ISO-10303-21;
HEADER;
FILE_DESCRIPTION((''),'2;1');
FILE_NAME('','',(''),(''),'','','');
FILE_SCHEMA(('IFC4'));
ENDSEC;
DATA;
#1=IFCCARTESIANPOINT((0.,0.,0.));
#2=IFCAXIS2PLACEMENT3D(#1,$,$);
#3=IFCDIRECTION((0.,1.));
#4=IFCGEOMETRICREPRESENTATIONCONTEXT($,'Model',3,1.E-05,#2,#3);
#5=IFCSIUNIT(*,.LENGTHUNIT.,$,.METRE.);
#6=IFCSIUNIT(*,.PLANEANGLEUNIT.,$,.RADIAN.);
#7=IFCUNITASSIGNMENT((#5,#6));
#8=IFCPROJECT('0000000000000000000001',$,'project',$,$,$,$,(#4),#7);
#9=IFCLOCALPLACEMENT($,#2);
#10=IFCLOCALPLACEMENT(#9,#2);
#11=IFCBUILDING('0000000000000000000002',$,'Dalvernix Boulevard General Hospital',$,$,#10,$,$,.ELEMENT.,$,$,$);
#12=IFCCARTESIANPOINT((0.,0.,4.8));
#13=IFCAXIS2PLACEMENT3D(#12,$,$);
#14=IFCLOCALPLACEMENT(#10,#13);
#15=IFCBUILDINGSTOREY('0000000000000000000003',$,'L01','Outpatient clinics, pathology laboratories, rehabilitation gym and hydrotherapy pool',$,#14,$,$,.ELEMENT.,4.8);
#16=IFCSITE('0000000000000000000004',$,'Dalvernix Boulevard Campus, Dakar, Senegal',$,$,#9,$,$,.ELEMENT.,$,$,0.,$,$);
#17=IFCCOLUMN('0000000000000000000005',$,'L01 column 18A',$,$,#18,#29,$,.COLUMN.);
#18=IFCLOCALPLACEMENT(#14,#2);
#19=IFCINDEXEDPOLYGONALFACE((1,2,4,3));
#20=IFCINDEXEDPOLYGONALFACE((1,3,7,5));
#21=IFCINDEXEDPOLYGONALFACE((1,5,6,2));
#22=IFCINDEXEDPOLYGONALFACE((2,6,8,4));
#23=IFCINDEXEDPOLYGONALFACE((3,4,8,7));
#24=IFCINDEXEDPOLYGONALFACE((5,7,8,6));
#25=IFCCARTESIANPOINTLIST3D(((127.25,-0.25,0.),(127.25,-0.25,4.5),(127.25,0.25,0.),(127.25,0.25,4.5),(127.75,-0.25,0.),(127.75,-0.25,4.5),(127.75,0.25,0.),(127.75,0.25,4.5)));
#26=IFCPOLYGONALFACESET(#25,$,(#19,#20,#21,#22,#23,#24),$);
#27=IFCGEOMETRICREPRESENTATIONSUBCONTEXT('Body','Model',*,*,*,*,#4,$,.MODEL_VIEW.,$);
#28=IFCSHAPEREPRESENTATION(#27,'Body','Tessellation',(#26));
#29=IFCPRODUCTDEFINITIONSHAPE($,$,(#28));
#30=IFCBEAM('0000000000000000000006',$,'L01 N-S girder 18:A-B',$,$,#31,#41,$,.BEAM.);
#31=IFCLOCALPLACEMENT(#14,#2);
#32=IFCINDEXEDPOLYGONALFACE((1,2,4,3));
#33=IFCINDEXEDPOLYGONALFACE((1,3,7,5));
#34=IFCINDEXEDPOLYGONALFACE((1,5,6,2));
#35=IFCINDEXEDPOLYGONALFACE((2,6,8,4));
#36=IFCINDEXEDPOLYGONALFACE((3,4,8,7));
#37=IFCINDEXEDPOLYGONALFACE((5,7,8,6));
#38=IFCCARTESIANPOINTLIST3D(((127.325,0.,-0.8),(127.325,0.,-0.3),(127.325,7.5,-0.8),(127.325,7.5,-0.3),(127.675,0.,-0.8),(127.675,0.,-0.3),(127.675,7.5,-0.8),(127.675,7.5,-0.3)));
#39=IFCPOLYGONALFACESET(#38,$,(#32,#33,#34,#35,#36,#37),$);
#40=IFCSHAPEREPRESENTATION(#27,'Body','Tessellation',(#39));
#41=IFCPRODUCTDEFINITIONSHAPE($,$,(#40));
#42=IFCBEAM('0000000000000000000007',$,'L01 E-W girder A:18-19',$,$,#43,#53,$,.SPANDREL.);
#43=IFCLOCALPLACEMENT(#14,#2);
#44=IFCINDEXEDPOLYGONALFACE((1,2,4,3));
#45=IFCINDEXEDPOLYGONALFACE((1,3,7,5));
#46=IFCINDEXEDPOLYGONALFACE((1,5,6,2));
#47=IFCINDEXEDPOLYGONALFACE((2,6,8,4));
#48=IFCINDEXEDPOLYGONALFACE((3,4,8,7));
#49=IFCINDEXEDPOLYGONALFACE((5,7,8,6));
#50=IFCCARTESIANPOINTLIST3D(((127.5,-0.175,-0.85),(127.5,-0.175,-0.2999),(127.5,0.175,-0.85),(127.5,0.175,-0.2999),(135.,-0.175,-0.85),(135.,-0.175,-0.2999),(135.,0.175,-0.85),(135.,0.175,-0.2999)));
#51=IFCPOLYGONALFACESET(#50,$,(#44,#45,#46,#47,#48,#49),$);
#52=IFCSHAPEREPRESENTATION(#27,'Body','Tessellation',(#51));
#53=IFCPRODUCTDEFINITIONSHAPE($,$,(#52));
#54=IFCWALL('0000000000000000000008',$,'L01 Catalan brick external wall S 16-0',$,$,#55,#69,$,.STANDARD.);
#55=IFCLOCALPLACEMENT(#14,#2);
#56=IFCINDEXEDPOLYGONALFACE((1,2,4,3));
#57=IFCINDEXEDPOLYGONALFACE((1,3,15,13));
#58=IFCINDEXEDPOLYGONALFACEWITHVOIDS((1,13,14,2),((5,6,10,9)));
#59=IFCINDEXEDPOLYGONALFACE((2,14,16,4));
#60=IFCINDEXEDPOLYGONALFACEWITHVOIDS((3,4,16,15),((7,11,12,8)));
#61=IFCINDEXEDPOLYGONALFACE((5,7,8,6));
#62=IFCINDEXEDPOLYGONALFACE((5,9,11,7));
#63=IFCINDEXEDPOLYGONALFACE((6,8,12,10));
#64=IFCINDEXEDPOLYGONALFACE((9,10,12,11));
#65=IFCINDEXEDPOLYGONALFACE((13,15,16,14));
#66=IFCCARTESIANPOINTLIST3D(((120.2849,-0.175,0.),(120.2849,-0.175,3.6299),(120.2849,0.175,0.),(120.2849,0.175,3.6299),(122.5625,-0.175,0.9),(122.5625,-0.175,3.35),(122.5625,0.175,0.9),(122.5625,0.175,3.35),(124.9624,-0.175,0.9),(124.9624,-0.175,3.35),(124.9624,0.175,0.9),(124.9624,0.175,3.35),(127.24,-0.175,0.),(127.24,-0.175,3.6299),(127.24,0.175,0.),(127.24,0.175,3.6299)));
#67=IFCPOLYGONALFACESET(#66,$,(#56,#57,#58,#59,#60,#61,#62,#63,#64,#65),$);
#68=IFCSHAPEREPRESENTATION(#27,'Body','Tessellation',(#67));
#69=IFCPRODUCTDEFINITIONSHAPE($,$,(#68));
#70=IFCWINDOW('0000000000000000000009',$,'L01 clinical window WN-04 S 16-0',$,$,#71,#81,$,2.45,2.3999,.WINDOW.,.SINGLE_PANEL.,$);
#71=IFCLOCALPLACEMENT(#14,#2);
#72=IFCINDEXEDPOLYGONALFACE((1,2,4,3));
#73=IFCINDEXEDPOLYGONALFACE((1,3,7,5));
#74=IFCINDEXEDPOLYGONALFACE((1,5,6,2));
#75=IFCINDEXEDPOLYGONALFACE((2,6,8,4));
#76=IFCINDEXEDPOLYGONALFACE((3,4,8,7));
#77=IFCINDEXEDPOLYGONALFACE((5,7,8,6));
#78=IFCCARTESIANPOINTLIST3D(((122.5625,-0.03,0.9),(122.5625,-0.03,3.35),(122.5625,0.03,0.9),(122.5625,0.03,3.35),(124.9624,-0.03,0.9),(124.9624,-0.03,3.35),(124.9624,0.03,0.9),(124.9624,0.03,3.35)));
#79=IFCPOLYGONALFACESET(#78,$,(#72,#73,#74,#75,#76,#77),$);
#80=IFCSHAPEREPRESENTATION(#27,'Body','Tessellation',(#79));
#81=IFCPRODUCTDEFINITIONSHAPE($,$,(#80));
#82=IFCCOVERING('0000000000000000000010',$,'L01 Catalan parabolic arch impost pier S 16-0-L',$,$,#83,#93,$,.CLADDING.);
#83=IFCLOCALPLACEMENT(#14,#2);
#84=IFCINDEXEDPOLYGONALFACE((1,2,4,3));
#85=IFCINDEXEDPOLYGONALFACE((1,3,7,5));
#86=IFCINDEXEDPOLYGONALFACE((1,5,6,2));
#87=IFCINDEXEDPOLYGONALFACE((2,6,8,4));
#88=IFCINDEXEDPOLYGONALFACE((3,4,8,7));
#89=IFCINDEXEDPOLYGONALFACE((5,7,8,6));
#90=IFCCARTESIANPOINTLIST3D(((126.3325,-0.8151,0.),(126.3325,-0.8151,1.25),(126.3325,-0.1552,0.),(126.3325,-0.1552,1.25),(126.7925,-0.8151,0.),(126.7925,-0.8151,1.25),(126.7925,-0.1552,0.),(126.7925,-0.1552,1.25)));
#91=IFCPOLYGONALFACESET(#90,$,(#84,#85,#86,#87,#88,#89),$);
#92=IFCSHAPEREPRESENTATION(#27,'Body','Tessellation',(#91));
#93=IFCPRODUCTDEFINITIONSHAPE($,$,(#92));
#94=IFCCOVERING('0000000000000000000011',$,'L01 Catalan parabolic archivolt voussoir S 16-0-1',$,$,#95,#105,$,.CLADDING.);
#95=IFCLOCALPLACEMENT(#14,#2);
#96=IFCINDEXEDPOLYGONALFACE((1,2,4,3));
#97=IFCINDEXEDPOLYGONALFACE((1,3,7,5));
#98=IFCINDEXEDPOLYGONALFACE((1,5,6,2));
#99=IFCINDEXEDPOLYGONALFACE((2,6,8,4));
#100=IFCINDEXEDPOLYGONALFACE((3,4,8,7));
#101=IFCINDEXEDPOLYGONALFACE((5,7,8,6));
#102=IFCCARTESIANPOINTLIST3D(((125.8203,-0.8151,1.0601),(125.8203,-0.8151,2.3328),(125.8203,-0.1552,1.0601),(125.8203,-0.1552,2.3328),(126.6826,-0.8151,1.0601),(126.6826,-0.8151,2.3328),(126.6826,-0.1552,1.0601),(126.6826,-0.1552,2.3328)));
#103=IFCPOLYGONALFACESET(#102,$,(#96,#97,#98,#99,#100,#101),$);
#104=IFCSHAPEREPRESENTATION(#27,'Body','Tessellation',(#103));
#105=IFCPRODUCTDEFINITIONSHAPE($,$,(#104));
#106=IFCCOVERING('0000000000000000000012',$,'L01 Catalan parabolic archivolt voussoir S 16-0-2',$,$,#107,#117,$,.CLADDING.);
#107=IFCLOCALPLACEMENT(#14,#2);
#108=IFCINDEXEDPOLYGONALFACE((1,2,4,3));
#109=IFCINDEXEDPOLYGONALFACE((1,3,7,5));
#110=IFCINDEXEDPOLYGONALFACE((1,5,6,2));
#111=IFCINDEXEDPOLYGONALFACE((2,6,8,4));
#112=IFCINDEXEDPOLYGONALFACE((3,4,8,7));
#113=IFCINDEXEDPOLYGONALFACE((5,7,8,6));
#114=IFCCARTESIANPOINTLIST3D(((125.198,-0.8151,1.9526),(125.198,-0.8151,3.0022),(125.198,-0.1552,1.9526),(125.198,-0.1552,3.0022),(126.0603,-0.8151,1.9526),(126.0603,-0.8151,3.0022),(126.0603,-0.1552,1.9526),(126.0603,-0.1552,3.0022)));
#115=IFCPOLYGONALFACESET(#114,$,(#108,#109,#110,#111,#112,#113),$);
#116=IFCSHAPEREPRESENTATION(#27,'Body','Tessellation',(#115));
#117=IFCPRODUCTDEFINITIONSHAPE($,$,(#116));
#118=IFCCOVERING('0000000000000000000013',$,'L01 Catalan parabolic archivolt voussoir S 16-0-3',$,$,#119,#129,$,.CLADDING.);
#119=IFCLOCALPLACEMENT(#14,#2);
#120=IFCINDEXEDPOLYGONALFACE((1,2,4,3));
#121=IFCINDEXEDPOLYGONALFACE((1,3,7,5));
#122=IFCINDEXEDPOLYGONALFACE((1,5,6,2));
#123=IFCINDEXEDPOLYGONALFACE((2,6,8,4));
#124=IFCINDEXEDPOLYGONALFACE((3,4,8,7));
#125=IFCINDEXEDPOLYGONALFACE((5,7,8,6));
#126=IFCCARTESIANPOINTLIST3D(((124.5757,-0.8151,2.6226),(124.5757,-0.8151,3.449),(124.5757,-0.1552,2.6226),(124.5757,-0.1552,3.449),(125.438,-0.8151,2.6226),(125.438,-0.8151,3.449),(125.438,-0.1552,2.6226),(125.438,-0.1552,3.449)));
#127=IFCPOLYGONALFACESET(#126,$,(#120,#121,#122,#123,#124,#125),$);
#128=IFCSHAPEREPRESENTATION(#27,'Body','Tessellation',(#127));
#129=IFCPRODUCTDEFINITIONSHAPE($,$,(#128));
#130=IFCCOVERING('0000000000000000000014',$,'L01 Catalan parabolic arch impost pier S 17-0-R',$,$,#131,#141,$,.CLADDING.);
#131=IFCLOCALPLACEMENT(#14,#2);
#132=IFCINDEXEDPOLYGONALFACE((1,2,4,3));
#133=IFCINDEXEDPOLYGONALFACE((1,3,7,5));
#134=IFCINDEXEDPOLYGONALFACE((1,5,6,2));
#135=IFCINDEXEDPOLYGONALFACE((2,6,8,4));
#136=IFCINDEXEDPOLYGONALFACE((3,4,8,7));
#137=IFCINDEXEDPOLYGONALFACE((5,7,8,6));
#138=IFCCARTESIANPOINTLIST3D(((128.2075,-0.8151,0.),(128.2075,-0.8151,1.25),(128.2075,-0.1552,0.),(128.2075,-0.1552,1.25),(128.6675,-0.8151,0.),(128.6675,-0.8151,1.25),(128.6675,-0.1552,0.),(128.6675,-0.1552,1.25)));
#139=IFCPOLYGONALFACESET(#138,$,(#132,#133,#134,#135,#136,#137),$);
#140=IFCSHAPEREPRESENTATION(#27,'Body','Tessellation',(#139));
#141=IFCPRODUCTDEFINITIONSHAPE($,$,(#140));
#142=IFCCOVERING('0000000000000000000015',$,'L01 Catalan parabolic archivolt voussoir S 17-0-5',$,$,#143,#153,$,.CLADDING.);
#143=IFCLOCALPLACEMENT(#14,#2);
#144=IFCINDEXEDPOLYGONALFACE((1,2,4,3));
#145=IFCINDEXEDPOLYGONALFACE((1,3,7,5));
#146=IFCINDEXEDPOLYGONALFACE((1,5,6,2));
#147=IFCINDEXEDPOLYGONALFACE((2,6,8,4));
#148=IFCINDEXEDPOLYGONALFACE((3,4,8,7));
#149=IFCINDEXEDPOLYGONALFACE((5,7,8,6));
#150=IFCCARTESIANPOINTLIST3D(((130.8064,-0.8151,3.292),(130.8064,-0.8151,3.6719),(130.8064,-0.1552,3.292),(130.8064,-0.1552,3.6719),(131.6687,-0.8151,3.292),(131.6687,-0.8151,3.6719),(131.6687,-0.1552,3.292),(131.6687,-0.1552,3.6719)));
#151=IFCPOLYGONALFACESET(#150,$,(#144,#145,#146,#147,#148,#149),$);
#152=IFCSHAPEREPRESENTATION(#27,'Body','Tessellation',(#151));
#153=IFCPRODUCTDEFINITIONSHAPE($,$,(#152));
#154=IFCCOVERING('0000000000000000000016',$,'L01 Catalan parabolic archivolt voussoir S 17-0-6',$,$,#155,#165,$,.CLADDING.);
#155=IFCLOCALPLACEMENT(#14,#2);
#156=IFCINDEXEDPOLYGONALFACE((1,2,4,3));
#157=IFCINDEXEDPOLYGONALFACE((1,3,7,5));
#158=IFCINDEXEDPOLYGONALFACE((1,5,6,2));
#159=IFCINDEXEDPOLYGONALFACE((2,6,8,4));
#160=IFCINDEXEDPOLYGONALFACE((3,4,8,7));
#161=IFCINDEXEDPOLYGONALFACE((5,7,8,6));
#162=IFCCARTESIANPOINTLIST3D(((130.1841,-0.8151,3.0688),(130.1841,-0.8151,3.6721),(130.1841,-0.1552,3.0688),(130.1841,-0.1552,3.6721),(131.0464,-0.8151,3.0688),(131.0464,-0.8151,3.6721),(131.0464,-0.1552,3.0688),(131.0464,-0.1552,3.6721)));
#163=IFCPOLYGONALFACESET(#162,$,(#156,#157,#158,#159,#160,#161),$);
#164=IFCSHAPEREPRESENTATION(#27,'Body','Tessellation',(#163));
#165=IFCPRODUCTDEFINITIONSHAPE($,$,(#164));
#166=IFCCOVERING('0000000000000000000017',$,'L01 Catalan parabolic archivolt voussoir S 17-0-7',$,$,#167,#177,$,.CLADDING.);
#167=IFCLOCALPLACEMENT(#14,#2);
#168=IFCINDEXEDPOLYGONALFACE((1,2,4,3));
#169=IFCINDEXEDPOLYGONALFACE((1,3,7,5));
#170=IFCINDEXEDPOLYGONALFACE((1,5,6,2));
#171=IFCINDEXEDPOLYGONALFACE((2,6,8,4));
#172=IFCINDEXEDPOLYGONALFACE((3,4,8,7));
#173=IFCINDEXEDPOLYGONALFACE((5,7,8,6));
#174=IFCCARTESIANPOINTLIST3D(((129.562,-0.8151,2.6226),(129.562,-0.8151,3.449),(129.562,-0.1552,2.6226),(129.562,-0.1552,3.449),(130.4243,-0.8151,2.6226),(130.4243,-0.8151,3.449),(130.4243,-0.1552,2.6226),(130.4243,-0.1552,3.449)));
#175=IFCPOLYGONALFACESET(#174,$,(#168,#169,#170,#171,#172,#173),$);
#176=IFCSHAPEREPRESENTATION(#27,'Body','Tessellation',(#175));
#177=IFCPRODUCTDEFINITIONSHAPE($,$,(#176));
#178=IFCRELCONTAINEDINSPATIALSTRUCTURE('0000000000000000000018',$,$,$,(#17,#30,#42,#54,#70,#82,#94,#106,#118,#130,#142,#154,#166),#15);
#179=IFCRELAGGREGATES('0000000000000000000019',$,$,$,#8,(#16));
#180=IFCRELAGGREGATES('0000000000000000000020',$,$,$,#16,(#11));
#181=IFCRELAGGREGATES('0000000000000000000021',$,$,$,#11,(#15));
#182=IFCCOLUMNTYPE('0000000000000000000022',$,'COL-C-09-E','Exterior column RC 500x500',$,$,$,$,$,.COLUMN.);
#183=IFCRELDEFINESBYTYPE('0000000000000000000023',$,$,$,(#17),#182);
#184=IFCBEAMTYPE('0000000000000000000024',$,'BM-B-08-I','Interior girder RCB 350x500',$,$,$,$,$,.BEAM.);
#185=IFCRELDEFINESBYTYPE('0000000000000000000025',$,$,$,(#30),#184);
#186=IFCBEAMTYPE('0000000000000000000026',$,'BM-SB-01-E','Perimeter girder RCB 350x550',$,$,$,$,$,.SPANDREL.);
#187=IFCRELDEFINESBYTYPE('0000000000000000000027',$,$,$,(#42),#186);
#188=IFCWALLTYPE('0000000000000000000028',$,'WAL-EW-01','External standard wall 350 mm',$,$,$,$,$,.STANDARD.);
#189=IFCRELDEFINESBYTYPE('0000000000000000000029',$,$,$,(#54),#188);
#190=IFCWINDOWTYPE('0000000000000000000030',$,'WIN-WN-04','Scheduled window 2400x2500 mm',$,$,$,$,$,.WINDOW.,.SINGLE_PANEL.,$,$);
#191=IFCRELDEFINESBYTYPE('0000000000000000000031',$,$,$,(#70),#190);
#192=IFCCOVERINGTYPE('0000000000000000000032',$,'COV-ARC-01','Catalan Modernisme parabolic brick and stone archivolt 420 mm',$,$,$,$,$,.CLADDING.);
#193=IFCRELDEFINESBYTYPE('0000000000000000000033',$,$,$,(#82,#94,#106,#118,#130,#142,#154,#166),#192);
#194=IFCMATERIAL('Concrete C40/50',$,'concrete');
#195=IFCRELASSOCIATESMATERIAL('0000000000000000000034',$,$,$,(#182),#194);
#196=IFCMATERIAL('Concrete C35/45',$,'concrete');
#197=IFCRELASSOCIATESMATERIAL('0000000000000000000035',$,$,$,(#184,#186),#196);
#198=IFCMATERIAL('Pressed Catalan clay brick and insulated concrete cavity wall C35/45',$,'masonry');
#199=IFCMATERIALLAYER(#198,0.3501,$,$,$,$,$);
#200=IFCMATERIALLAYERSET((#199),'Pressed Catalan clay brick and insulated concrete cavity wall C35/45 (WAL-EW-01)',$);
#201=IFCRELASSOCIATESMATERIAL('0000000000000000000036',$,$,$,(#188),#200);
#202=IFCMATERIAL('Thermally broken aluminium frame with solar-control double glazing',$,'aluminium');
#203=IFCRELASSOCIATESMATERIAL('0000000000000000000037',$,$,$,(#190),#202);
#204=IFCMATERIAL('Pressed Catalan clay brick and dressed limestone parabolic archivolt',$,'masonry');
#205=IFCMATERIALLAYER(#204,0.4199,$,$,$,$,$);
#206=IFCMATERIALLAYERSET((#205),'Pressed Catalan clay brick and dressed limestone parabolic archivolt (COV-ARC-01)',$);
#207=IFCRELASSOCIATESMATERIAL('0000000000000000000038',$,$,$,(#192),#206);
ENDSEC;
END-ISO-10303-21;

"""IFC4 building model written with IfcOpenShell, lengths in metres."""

from ifc_helpers import new_model, si_unit, direction, frame, frame_2d, origin, origin_2d, place, context, subcontext, project, spatial, rectangle, extrude, material, layer, layer_set, material_profile, profile_set, type_object, element, fill, save


model = new_model("IFC4")

# Units and contexts
model_context = context("Model", 3, precision=1e-05, world=origin(), true_north=direction((0.0, 1.0)))
body_context = subcontext(model_context, "Body", "Model", "MODEL_VIEW")
ifc_project = project(units=[si_unit("LENGTHUNIT", "METRE"), si_unit("PLANEANGLEUNIT", "RADIAN")], contexts=[model_context])

# Site, building, storey
site_placement = place(None, origin())
site = spatial("IfcSite", under=ifc_project, at=site_placement, Name="Dalvernix Boulevard Campus, Dakar, Senegal", CompositionType="ELEMENT", RefElevation=0.0)
building_placement = place(site_placement, origin())
building = spatial("IfcBuilding", under=site, at=building_placement, Name="Dalvernix Boulevard General Hospital", CompositionType="ELEMENT")
storey_placement = place(building_placement, frame((0.0, 0.0, 4.8)))
storey = spatial("IfcBuildingStorey", under=building, at=storey_placement, Name="L01", Description="Outpatient clinics, pathology laboratories, rehabilitation gym and hydrotherapy pool", CompositionType="ELEMENT", Elevation=4.8)

# Column
ifc_material_1 = material(Name="Concrete C40/50", Category="concrete")
ifc_material_profile_1 = material_profile(ifc_material_1, rectangle(XDim=0.5, YDim=0.5, at=origin_2d()), Name="RC 500x500")
ifc_profile_set_1 = profile_set([ifc_material_profile_1], Name="Concrete C40/50")
column_type = type_object("IfcColumnType", Name="COL-C-09-E", Description="Exterior column RC 500x500", PredefinedType="COLUMN", material=ifc_profile_set_1)
column_placement = place(storey_placement, frame((127.5, 0.0, 0.0), z_axis=(0.0, 0.0, 1.0), x_axis=(1.0, 0.0, 0.0)))
element("IfcColumn", 1, at=column_placement, inside=storey, type_object=column_type, Name="L01 column 18A", PredefinedType="COLUMN", context=body_context, shape_type="SweptSolid", body=[
    extrude(rectangle(XDim=0.5, YDim=0.5, at=origin_2d()), origin(), (0.0, 0.0, 1.0), 4.5),
])

# Beams
ifc_material_2 = material(Name="Concrete C35/45", Category="concrete")
ifc_material_profile_2 = material_profile(ifc_material_2, rectangle(XDim=0.3501, YDim=0.5, at=origin_2d()), Name="RCB 350x500")
ifc_profile_set_2 = profile_set([ifc_material_profile_2], Name="Concrete C35/45")
beam_type_1 = type_object("IfcBeamType", Name="BM-B-08-I", Description="Interior girder RCB 350x500", PredefinedType="BEAM", material=ifc_profile_set_2)
beam_1_placement = place(storey_placement, frame((127.5, 0.0, -0.55), z_axis=(0.0, 1.0, 0.0), x_axis=(-1.0, 0.0, 0.0)))
element("IfcBeam", 2, at=beam_1_placement, inside=storey, type_object=beam_type_1, Name="L01 N-S girder 18:A-B", PredefinedType="BEAM", context=body_context, shape_type="SweptSolid", body=[
    extrude(rectangle(XDim=0.3501, YDim=0.5, at=origin_2d()), origin(), (0.0, 0.0, 1.0), 7.5),
])
ifc_material_profile_3 = material_profile(ifc_material_2, rectangle(XDim=0.3501, YDim=0.55, at=origin_2d()), Name="RCB 350x550")
ifc_profile_set_3 = profile_set([ifc_material_profile_3], Name="Concrete C35/45")
beam_type_2 = type_object("IfcBeamType", Name="BM-SB-01-E", Description="Perimeter girder RCB 350x550", PredefinedType="SPANDREL", material=ifc_profile_set_3)
beam_2_placement = place(storey_placement, frame((127.5, 0.0, -0.575), z_axis=(1.0, 0.0, 0.0), x_axis=(0.0, 1.0, 0.0)))
element("IfcBeam", 3, at=beam_2_placement, inside=storey, type_object=beam_type_2, Name="L01 E-W girder A:18-19", PredefinedType="SPANDREL", context=body_context, shape_type="SweptSolid", body=[
    extrude(rectangle(XDim=0.3501, YDim=0.55, at=origin_2d()), origin(), (0.0, 0.0, 1.0), 7.5),
])

# Wall, opening, window
ifc_material_3 = material(Name="Pressed Catalan clay brick and insulated concrete cavity wall C35/45", Category="masonry")
ifc_layer_1 = layer(ifc_material_3, 0.3501)
ifc_layer_set_1 = layer_set([ifc_layer_1], Name="Pressed Catalan clay brick and insulated concrete cavity wall C35/45 (WAL-EW-01)")
wall_type = type_object("IfcWallType", Name="WAL-EW-01", Description="External standard wall 350 mm", PredefinedType="STANDARD", material=ifc_layer_set_1)
wall_placement = place(storey_placement, frame((127.24, 0.0, 0.0), z_axis=(0.0, 0.0, 1.0), x_axis=(-1.0, 0.0, 0.0)))
wall = element("IfcWall", 4, at=wall_placement, inside=storey, type_object=wall_type, Name="L01 Catalan brick external wall S 16-0", PredefinedType="STANDARD", context=body_context, shape_type="SweptSolid", body=[
    extrude(rectangle(XDim=6.9551, YDim=0.3501, at=frame_2d((3.4775, 0.0))), origin(), (0.0, 0.0, 1.0), 3.6299),
])
opening_placement = place(wall_placement, frame((2.2776, 0.0, 0.8999)))
opening = element("IfcOpeningElement", 5, at=opening_placement, cuts=wall, PredefinedType="OPENING", context=body_context, shape_type="SweptSolid", body=[
    extrude(rectangle(XDim=2.3999, YDim=2.45, at=frame_2d((1.2, 1.2251))), frame((0.0, 0.1851, 0.0), z_axis=(0.0, -1.0, 0.0), x_axis=(1.0, 0.0, 0.0)), (0.0, 0.0, 1.0), 0.3701),
])
ifc_material_4 = material(Name="Thermally broken aluminium frame with solar-control double glazing", Category="aluminium")
window_type = type_object("IfcWindowType", Name="WIN-WN-04", Description="Scheduled window 2400x2500 mm", PartitioningType="SINGLE_PANEL", PredefinedType="WINDOW", material=ifc_material_4)
window_placement = place(opening_placement, origin())
window = element("IfcWindow", 6, at=window_placement, inside=storey, type_object=window_type, Name="L01 clinical window WN-04 S 16-0", OverallHeight=2.45, OverallWidth=2.3999, PartitioningType="SINGLE_PANEL", PredefinedType="WINDOW", context=body_context, shape_type="SweptSolid", body=[
    extrude(rectangle(XDim=2.3999, YDim=2.45, at=frame_2d((1.2, 1.2251))), frame((0.0, 0.03, 0.0), z_axis=(0.0, -1.0, 0.0), x_axis=(1.0, 0.0, 0.0)), (0.0, 0.0, 1.0), 0.0601),
])
fill(opening, window)

# Coverings
ifc_material_5 = material(Name="Pressed Catalan clay brick and dressed limestone parabolic archivolt", Category="masonry")
ifc_layer_2 = layer(ifc_material_5, 0.4199)
ifc_layer_set_2 = layer_set([ifc_layer_2], Name="Pressed Catalan clay brick and dressed limestone parabolic archivolt (COV-ARC-01)")
covering_type_1 = type_object("IfcCoveringType", Name="COV-ARC-01", Description="Catalan Modernisme parabolic brick and stone archivolt 420 mm", PredefinedType="CLADDING", material=ifc_layer_set_2)
covering_1_placement = place(storey_placement, frame((126.5625, -0.4851, 0.0), z_axis=(0.0, 0.0, 1.0), x_axis=(-1.0, 0.0, 0.0)))
element("IfcCovering", 7, at=covering_1_placement, inside=storey, type_object=covering_type_1, Name="L01 Catalan parabolic arch impost pier S 16-0-L", PredefinedType="CLADDING", context=body_context, shape_type="SweptSolid", body=[
    extrude(rectangle(XDim=0.46, YDim=0.6599, at=origin_2d()), origin(), (0.0, 0.0, 1.0), 1.25),
])
covering_2_placement = place(storey_placement, frame((126.2515, -0.4851, 1.0601), z_axis=(0.0, 0.0, 1.0), x_axis=(-1.0, 0.0, 0.0)))
element("IfcCovering", 8, at=covering_2_placement, inside=storey, type_object=covering_type_1, Name="L01 Catalan parabolic archivolt voussoir S 16-0-1", PredefinedType="CLADDING", context=body_context, shape_type="SweptSolid", body=[
    extrude(rectangle(XDim=0.8623, YDim=0.6599, at=origin_2d()), origin(), (0.0, 0.0, 1.0), 1.2727),
])
covering_3_placement = place(storey_placement, frame((125.6292, -0.4851, 1.9526), z_axis=(0.0, 0.0, 1.0), x_axis=(-1.0, 0.0, 0.0)))
element("IfcCovering", 9, at=covering_3_placement, inside=storey, type_object=covering_type_1, Name="L01 Catalan parabolic archivolt voussoir S 16-0-2", PredefinedType="CLADDING", context=body_context, shape_type="SweptSolid", body=[
    extrude(rectangle(XDim=0.8623, YDim=0.6599, at=origin_2d()), origin(), (0.0, 0.0, 1.0), 1.0496),
])
covering_4_placement = place(storey_placement, frame((125.0068, -0.4851, 2.6226), z_axis=(0.0, 0.0, 1.0), x_axis=(-1.0, 0.0, 0.0)))
element("IfcCovering", 10, at=covering_4_placement, inside=storey, type_object=covering_type_1, Name="L01 Catalan parabolic archivolt voussoir S 16-0-3", PredefinedType="CLADDING", context=body_context, shape_type="SweptSolid", body=[
    extrude(rectangle(XDim=0.8623, YDim=0.6599, at=origin_2d()), origin(), (0.0, 0.0, 1.0), 0.8264),
])
covering_5_placement = place(storey_placement, frame((128.4375, -0.4851, 0.0), z_axis=(0.0, 0.0, 1.0), x_axis=(-1.0, 0.0, 0.0)))
element("IfcCovering", 11, at=covering_5_placement, inside=storey, type_object=covering_type_1, Name="L01 Catalan parabolic arch impost pier S 17-0-R", PredefinedType="CLADDING", context=body_context, shape_type="SweptSolid", body=[
    extrude(rectangle(XDim=0.46, YDim=0.6599, at=origin_2d()), origin(), (0.0, 0.0, 1.0), 1.25),
])
covering_6_placement = place(storey_placement, frame((131.2375, -0.4851, 3.292), z_axis=(0.0, 0.0, 1.0), x_axis=(-1.0, 0.0, 0.0)))
element("IfcCovering", 12, at=covering_6_placement, inside=storey, type_object=covering_type_1, Name="L01 Catalan parabolic archivolt voussoir S 17-0-5", PredefinedType="CLADDING", context=body_context, shape_type="SweptSolid", body=[
    extrude(rectangle(XDim=0.8623, YDim=0.6599, at=origin_2d()), origin(), (0.0, 0.0, 1.0), 0.3799),
])
covering_7_placement = place(storey_placement, frame((130.6152, -0.4851, 3.0688), z_axis=(0.0, 0.0, 1.0), x_axis=(-1.0, 0.0, 0.0)))
element("IfcCovering", 13, at=covering_7_placement, inside=storey, type_object=covering_type_1, Name="L01 Catalan parabolic archivolt voussoir S 17-0-6", PredefinedType="CLADDING", context=body_context, shape_type="SweptSolid", body=[
    extrude(rectangle(XDim=0.8623, YDim=0.6599, at=origin_2d()), origin(), (0.0, 0.0, 1.0), 0.6033),
])
covering_8_placement = place(storey_placement, frame((129.9932, -0.4851, 2.6226), z_axis=(0.0, 0.0, 1.0), x_axis=(-1.0, 0.0, 0.0)))
element("IfcCovering", 14, at=covering_8_placement, inside=storey, type_object=covering_type_1, Name="L01 Catalan parabolic archivolt voussoir S 17-0-7", PredefinedType="CLADDING", context=body_context, shape_type="SweptSolid", body=[
    extrude(rectangle(XDim=0.8623, YDim=0.6599, at=origin_2d()), origin(), (0.0, 0.0, 1.0), 0.8264),
])

save(model, "model.ifc")
